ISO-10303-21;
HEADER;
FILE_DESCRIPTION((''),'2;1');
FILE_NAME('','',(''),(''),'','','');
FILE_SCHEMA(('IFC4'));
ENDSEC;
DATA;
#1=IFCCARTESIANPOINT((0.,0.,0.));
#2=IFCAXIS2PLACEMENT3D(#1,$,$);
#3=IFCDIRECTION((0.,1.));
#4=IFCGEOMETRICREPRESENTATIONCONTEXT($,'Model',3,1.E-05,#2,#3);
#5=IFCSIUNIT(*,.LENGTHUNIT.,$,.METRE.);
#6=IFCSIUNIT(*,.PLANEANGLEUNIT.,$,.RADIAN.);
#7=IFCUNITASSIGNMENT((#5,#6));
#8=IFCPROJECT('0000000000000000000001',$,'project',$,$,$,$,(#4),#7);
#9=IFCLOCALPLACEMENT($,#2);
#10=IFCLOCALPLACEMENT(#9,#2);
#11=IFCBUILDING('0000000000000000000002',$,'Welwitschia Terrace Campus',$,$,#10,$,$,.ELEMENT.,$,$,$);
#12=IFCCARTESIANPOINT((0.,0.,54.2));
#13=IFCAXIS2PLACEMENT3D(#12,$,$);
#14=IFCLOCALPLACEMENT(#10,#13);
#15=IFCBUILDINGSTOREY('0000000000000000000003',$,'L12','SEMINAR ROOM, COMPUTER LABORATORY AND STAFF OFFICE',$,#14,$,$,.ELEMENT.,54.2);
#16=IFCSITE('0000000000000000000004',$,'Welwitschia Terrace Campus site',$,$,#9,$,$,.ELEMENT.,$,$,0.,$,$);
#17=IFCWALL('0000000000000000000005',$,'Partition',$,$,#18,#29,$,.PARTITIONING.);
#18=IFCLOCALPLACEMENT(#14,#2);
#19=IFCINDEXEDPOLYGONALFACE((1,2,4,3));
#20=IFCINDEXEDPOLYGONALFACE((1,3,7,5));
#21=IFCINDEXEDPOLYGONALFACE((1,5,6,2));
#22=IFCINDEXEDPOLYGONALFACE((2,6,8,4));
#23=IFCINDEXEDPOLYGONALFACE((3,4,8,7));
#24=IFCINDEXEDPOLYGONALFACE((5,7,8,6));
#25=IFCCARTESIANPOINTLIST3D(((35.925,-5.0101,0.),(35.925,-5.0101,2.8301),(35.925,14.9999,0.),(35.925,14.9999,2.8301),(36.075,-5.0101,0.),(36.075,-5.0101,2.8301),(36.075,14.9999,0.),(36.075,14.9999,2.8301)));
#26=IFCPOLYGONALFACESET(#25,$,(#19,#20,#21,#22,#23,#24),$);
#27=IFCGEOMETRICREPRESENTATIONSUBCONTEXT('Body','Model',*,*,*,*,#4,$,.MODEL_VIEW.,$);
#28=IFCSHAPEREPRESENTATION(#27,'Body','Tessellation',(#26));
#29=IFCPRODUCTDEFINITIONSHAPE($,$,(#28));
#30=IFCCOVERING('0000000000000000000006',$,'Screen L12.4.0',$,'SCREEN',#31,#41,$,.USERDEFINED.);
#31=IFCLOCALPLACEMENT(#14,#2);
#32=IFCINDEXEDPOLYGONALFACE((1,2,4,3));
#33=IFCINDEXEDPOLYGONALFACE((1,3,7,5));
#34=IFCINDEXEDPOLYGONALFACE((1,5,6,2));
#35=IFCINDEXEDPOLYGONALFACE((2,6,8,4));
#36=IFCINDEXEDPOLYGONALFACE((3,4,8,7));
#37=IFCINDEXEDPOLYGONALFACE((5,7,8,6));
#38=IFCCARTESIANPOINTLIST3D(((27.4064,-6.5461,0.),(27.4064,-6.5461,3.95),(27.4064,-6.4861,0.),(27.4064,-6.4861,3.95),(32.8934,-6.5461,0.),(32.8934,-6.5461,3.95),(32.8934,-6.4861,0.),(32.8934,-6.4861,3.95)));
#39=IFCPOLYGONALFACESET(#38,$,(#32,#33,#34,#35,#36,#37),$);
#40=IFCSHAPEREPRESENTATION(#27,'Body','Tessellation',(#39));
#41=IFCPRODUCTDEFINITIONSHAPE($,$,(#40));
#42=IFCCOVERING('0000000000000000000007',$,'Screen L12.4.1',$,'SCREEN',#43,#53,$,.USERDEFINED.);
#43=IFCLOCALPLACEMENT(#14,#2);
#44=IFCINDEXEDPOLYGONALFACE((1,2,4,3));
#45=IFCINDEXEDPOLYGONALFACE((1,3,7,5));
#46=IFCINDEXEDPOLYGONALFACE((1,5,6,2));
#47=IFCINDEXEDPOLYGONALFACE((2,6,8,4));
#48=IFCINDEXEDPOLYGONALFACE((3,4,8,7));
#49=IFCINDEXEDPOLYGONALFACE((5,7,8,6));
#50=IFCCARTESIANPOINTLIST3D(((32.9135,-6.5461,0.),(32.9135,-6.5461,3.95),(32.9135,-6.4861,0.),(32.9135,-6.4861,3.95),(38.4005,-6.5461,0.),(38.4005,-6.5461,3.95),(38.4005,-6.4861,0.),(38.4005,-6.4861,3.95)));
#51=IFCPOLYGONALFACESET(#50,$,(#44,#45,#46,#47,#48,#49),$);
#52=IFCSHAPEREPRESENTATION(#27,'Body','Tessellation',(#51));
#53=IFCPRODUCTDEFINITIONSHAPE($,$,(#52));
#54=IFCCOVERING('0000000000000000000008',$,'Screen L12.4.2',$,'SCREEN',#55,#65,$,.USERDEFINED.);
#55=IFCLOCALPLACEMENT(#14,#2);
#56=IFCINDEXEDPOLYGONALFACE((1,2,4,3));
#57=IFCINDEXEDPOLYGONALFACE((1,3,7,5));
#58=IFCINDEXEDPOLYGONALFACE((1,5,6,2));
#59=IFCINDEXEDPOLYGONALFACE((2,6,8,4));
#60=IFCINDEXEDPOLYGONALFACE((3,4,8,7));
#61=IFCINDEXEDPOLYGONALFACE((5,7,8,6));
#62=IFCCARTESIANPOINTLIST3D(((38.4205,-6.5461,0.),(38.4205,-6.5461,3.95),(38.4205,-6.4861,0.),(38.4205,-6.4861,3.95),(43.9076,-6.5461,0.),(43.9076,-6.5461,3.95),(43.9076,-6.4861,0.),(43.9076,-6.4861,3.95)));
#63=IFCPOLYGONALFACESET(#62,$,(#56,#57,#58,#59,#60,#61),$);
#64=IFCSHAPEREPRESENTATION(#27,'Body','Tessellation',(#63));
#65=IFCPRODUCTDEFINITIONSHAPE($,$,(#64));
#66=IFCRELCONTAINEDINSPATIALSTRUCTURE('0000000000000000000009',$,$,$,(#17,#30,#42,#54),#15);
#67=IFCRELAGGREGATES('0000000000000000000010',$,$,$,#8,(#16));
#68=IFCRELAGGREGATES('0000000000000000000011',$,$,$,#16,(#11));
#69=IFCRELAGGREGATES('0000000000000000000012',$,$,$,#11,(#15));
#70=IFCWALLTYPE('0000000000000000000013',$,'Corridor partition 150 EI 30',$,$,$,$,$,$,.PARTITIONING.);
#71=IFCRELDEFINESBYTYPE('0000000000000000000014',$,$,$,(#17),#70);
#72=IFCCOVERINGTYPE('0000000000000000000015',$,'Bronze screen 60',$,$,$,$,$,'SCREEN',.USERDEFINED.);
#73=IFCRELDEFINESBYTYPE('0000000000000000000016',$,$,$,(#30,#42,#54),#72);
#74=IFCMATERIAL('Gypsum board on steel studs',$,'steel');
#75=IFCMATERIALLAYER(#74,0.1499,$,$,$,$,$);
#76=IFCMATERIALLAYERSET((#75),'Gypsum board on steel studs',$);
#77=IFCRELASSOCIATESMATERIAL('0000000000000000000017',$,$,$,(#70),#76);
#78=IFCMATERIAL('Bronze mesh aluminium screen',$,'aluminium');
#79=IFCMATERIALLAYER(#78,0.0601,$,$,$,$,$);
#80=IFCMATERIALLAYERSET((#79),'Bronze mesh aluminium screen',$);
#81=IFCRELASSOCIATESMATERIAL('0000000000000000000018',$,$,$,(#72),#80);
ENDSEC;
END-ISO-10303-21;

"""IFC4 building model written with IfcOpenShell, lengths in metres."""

from ifc_helpers import new_model, si_unit, direction, frame, frame_2d, origin, origin_2d, place, context, subcontext, project, spatial, rectangle, extrude, material, layer, layer_set, type_object, element, save


model = new_model("IFC4")

# Units and contexts
model_context = context("Model", 3, precision=1e-05, world=origin(), true_north=direction((0.0, 1.0)))
body_context = subcontext(model_context, "Body", "Model", "MODEL_VIEW")
ifc_project = project(units=[si_unit("LENGTHUNIT", "METRE"), si_unit("PLANEANGLEUNIT", "RADIAN")], contexts=[model_context])

# Site, building, storey
site_placement = place(None, origin())
site = spatial("IfcSite", under=ifc_project, at=site_placement, Name="Welwitschia Terrace Campus site", CompositionType="ELEMENT", RefElevation=0.0)
building_placement = place(site_placement, origin())
building = spatial("IfcBuilding", under=site, at=building_placement, Name="Welwitschia Terrace Campus", CompositionType="ELEMENT")
storey_placement = place(building_placement, frame((0.0, 0.0, 54.2)))
storey = spatial("IfcBuildingStorey", under=building, at=storey_placement, Name="L12", Description="SEMINAR ROOM, COMPUTER LABORATORY AND STAFF OFFICE", CompositionType="ELEMENT", Elevation=54.2)

# Shared definitions
ifc_material_1 = material(Name="Gypsum board on steel studs", Category="steel")
ifc_layer_1 = layer(ifc_material_1, 0.1499)
ifc_layer_set_1 = layer_set([ifc_layer_1], Name="Gypsum board on steel studs")
wall_type = type_object("IfcWallType", Name="Corridor partition 150 EI 30", PredefinedType="PARTITIONING", material=ifc_layer_set_1)

# Wall
wall_1_placement = place(storey_placement, frame((36.0, -5.01, 0.0), z_axis=(0.0, 0.0, 1.0), x_axis=(0.0, 1.0, 0.0)))
element("IfcWall", 1, at=wall_1_placement, inside=storey, type_object=wall_type, Name="Partition", PredefinedType="PARTITIONING", context=body_context, shape_type="SweptSolid", body=[
    extrude(rectangle(XDim=20.01, YDim=0.1499, at=frame_2d((10.0049, 0.0))), origin(), (0.0, 0.0, 1.0), 2.8301),
])

# Coverings
ifc_material_2 = material(Name="Bronze mesh aluminium screen", Category="aluminium")
ifc_layer_2 = layer(ifc_material_2, 0.0601)
ifc_layer_set_2 = layer_set([ifc_layer_2], Name="Bronze mesh aluminium screen")
covering_type = type_object("IfcCoveringType", Name="Bronze screen 60", ElementType="SCREEN", PredefinedType="USERDEFINED", material=ifc_layer_set_2)
for number, where, z_axis, x_axis, name in (
    (2, (30.1499, -6.5161, 0.0), (0.0, 0.0, 1.0), (1.0, 0.0, 0.0), "Screen L12.4.0"),
    (3, (35.657, -6.5161, 0.0), (0.0, 0.0, 1.0), (1.0, 0.0, 0.0), "Screen L12.4.1"),
    (4, (41.1641, -6.5161, 0.0), (0.0, 0.0, 1.0), (1.0, 0.0, 0.0), "Screen L12.4.2"),
):
    element("IfcCovering", number, at=place(storey_placement, frame(where, z_axis=z_axis, x_axis=x_axis)), inside=storey, type_object=covering_type, Name=name, ObjectType="SCREEN", PredefinedType="USERDEFINED", context=body_context, shape_type="SweptSolid", body=[
        extrude(rectangle(XDim=5.4871, YDim=0.0601, at=origin_2d()), origin(), (0.0, 0.0, 1.0), 3.95),
    ])

save(model, "model.ifc")
